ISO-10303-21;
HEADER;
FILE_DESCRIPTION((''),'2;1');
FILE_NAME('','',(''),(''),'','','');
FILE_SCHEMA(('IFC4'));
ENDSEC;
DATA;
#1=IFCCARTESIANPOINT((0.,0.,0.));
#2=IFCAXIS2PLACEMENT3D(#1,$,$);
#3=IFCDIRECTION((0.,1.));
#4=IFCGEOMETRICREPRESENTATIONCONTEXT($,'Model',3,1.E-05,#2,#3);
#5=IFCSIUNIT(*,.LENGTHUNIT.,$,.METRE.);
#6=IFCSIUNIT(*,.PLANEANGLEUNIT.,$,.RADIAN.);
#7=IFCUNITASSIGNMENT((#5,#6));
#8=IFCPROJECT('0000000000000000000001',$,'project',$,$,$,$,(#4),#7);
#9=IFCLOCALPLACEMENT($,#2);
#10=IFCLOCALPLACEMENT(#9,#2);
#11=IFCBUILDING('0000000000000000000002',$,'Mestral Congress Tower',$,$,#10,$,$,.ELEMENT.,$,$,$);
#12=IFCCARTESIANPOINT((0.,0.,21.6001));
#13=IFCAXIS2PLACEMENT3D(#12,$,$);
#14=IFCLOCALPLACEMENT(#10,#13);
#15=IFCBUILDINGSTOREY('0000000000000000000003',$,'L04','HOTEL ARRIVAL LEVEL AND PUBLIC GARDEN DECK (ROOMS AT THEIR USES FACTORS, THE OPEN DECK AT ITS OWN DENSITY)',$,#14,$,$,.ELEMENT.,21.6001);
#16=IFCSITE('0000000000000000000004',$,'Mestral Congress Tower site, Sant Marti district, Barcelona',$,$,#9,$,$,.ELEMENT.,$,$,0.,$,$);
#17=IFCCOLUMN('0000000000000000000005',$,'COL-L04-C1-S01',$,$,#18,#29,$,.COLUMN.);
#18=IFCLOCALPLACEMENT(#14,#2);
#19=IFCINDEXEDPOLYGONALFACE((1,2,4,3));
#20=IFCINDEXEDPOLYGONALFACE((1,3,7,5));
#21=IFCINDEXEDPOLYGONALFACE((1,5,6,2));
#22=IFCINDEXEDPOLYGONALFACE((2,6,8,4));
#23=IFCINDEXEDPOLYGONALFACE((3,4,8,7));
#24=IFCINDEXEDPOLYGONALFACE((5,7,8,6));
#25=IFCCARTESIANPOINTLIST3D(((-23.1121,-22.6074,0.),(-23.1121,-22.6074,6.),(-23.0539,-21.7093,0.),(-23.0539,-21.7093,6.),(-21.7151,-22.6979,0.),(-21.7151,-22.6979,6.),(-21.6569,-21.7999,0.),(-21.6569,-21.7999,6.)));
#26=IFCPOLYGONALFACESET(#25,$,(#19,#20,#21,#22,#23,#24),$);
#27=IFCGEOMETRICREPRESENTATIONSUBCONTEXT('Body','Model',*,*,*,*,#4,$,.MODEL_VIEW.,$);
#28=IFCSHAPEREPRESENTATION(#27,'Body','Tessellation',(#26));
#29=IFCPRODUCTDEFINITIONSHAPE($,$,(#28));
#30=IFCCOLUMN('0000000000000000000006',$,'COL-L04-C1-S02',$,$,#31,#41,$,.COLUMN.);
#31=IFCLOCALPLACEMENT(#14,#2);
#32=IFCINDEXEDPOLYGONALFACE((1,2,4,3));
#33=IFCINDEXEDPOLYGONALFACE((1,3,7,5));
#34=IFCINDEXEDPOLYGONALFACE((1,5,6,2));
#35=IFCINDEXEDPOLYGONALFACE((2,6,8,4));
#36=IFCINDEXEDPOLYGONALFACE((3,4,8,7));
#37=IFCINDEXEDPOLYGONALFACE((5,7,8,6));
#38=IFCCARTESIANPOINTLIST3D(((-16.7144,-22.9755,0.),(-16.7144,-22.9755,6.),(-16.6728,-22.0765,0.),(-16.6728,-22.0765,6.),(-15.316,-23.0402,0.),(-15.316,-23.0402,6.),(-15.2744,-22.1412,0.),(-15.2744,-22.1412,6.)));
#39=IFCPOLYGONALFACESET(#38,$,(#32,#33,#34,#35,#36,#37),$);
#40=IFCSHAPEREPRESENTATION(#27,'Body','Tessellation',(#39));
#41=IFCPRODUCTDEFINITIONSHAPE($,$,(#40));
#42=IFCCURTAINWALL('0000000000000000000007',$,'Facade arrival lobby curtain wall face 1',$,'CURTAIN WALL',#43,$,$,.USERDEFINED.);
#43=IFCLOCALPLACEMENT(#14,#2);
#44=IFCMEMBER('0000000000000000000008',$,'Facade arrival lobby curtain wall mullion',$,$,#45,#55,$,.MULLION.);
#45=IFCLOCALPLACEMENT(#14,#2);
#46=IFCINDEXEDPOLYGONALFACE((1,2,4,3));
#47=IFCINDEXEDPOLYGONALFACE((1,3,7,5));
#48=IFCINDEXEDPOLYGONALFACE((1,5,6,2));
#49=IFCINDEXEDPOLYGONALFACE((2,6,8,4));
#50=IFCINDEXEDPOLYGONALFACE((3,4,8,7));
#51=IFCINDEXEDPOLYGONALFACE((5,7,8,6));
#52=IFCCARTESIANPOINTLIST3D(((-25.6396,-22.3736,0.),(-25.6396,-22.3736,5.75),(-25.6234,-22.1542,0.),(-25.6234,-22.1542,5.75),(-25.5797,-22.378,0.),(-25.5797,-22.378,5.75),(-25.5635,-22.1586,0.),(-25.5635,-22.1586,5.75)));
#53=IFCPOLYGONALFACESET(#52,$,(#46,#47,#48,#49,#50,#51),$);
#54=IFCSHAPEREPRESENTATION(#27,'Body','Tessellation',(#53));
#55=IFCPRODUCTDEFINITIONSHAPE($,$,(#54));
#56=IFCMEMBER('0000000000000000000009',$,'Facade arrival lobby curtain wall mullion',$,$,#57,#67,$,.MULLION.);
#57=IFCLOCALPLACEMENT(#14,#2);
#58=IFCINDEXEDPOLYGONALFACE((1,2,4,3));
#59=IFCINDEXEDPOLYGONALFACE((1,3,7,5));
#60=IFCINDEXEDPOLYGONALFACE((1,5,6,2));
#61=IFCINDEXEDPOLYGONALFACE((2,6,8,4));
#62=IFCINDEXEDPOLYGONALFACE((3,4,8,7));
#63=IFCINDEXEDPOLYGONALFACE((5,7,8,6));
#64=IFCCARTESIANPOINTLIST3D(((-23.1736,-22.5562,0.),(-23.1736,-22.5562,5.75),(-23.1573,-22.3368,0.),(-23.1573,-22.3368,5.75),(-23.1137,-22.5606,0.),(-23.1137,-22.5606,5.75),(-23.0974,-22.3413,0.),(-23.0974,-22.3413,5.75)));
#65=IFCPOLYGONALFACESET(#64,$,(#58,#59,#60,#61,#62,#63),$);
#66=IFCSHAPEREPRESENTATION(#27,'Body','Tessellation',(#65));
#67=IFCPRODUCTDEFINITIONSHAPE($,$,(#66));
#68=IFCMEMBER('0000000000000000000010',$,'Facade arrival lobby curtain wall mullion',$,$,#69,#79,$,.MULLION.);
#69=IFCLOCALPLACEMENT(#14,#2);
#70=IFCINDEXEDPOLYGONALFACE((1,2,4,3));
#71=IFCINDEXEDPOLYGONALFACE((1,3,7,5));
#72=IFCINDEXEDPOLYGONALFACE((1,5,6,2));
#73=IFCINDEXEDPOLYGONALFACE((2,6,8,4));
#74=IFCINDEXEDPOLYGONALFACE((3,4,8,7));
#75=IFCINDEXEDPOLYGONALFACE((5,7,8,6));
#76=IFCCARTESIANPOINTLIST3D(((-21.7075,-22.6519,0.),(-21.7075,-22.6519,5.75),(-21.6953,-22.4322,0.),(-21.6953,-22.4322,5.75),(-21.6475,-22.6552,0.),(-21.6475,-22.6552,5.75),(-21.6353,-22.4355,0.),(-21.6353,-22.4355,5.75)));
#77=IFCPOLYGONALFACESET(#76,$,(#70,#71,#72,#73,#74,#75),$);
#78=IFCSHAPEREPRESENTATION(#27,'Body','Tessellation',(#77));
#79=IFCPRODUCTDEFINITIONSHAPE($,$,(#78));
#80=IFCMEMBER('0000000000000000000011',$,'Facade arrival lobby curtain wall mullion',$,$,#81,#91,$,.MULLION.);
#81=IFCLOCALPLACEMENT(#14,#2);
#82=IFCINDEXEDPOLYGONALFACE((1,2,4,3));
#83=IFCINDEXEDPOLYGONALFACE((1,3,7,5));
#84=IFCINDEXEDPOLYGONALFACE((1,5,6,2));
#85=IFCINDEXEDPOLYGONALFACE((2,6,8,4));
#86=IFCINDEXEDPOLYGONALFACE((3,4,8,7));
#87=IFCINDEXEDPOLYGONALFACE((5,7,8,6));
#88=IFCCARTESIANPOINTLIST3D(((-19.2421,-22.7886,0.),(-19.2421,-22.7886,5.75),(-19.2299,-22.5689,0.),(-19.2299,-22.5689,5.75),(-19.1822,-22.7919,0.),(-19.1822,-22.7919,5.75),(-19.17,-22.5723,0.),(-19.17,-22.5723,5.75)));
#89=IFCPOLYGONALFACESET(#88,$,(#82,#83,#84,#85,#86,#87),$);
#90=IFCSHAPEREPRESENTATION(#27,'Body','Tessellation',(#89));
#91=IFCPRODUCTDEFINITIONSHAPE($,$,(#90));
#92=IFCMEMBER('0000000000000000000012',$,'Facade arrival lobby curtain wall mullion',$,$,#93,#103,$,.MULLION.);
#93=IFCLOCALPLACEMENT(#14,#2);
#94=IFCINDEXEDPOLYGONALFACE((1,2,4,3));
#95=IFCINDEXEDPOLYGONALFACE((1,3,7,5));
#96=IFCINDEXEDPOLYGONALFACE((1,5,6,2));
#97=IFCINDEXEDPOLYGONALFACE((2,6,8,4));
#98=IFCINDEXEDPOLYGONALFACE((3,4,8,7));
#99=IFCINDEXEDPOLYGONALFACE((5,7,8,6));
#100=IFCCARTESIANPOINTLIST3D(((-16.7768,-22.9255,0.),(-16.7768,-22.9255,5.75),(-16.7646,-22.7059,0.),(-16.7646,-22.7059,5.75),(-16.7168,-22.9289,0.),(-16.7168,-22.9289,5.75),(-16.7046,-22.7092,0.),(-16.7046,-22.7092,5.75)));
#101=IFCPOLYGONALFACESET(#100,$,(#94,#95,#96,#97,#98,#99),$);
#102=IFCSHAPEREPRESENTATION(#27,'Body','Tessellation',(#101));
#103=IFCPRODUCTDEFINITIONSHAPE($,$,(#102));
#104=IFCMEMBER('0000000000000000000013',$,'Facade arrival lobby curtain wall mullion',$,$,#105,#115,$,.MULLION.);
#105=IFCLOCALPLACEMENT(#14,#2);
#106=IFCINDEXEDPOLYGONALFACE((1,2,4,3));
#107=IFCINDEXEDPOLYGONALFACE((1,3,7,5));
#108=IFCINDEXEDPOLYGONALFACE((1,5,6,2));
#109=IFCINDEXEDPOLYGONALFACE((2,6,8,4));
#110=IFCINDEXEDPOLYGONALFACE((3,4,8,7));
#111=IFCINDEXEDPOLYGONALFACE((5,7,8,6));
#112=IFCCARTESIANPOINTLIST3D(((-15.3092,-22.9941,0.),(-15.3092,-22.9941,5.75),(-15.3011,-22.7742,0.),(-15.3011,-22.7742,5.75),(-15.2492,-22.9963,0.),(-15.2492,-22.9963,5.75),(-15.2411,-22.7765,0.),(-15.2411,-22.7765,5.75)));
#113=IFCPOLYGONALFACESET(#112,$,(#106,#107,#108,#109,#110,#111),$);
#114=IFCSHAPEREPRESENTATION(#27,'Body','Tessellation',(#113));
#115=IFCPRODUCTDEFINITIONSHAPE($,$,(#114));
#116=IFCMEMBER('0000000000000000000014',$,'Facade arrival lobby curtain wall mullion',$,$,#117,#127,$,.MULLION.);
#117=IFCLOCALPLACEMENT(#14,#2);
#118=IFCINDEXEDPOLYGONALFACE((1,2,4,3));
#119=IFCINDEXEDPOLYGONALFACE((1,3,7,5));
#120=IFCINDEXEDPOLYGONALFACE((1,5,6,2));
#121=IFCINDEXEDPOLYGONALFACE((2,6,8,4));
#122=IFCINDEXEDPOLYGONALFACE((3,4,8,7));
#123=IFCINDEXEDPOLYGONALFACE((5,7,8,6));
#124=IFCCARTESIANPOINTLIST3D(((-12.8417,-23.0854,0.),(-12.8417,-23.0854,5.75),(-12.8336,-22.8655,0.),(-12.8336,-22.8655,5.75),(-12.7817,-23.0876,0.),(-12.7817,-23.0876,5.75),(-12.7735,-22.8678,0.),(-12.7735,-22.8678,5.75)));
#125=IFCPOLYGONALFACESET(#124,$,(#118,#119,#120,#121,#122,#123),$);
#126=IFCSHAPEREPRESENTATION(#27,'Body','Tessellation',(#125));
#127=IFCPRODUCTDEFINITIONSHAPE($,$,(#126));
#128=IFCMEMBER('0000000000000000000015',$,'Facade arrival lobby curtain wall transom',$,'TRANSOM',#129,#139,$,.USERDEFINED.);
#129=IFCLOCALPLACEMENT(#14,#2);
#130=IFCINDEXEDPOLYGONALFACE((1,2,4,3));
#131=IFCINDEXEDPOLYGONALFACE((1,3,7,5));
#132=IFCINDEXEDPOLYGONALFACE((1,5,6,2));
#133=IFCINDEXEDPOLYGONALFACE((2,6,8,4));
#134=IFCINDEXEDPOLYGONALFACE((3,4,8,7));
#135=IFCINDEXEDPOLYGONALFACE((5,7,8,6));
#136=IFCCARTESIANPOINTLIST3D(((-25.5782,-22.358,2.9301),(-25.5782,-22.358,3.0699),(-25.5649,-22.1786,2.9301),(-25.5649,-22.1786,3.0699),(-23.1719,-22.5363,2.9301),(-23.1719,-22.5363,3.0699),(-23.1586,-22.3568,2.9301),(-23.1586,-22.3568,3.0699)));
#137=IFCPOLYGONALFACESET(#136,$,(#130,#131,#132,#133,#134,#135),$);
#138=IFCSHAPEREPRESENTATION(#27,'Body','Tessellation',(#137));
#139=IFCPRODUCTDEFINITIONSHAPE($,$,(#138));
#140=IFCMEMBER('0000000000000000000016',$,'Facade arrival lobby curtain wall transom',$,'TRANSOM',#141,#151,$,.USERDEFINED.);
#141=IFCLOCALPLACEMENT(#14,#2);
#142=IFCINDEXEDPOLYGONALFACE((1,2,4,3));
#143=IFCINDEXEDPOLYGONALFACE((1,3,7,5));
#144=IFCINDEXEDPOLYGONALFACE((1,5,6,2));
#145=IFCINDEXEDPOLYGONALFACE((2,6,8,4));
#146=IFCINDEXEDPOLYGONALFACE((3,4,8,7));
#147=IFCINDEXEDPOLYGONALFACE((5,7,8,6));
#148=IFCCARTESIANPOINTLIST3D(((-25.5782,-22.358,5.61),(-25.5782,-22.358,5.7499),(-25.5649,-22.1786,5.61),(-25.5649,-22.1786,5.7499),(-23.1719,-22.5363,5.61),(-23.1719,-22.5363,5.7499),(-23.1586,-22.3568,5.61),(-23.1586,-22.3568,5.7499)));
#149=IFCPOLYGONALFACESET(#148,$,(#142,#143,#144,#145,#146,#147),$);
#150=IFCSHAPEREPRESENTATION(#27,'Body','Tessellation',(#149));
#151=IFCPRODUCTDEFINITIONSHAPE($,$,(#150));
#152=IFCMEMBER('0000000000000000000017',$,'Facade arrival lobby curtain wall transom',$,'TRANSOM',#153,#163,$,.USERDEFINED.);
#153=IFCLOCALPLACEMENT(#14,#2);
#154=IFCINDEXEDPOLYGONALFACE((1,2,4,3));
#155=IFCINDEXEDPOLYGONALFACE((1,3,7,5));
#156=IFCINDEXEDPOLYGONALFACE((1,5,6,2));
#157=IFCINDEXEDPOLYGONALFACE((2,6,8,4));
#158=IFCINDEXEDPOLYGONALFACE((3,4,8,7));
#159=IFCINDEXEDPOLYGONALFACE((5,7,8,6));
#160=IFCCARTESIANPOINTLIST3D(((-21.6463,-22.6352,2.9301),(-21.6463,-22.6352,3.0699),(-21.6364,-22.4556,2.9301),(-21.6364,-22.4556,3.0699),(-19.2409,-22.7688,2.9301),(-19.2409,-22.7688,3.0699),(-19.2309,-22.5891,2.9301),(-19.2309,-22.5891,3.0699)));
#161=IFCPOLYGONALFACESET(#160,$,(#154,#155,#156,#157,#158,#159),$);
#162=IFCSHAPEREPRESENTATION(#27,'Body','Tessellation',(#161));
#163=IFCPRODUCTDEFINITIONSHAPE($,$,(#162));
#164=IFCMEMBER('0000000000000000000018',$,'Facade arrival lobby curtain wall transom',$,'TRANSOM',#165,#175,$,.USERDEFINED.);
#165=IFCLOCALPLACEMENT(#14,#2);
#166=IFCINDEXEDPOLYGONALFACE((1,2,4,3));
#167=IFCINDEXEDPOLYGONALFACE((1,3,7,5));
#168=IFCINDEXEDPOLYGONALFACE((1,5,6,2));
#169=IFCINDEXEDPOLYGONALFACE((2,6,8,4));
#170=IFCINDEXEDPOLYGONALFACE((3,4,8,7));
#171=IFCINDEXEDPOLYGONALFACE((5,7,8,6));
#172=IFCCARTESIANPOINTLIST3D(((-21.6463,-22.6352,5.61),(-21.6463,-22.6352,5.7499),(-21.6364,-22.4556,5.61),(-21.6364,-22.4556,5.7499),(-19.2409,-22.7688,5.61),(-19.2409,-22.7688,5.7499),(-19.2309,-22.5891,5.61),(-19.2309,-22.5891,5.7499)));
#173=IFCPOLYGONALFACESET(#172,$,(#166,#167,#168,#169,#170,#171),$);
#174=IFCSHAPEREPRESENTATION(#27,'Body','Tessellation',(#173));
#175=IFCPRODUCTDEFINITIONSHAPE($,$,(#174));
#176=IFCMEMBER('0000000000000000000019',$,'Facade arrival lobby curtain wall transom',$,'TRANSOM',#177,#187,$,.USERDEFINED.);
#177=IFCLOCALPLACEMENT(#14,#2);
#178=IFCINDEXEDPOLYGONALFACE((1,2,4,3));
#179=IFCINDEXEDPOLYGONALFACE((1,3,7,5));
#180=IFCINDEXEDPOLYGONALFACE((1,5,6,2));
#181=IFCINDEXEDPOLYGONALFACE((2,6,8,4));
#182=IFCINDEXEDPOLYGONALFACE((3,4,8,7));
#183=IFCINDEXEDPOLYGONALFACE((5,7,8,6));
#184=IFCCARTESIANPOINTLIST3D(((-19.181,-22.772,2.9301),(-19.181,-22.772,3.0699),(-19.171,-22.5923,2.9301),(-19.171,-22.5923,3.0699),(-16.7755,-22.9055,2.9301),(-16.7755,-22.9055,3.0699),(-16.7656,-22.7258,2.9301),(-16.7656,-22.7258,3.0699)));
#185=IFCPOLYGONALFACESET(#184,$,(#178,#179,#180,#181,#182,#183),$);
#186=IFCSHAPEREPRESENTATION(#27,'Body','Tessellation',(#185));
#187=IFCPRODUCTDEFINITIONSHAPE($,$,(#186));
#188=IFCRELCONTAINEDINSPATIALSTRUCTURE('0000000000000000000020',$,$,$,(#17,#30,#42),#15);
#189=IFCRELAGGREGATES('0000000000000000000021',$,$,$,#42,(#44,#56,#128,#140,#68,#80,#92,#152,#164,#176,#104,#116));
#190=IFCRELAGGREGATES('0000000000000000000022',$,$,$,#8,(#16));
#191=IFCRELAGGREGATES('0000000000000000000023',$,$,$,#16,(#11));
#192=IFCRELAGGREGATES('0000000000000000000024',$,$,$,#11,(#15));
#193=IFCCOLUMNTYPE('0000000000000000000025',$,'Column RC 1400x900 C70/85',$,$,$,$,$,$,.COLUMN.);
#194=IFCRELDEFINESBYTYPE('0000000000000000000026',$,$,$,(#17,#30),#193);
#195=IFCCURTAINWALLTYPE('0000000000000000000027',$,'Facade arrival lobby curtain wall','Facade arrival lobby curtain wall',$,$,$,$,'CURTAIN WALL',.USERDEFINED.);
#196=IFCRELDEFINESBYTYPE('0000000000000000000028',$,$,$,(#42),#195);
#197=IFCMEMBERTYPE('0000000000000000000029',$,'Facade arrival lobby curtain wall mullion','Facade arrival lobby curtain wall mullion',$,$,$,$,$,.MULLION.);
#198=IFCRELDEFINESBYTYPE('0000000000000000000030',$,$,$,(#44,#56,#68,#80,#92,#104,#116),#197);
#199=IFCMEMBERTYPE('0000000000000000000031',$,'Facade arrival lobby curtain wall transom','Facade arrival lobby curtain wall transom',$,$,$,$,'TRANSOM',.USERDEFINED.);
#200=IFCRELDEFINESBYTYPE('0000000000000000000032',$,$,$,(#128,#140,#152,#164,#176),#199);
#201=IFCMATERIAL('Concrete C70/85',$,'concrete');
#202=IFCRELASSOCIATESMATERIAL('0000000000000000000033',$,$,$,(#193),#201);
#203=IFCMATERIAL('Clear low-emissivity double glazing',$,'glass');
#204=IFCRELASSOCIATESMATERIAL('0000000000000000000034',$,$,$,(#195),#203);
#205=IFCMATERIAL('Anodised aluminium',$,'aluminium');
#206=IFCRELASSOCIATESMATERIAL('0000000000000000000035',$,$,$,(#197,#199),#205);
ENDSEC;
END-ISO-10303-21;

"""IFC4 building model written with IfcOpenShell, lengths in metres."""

from ifc_helpers import new_model, si_unit, direction, frame, origin, origin_2d, place, context, subcontext, project, spatial, rectangle, extrude, material, material_profile, profile_set, type_object, element, aggregate, save


model = new_model("IFC4")

# Units and contexts
model_context = context("Model", 3, precision=1e-05, world=origin(), true_north=direction((0.0, 1.0)))
body_context = subcontext(model_context, "Body", "Model", "MODEL_VIEW")
ifc_project = project(units=[si_unit("LENGTHUNIT", "METRE"), si_unit("PLANEANGLEUNIT", "RADIAN")], contexts=[model_context])

# Site, building, storey
site_placement = place(None, origin())
site = spatial("IfcSite", under=ifc_project, at=site_placement, Name="Mestral Congress Tower site, Sant Marti district, Barcelona", CompositionType="ELEMENT", RefElevation=0.0)
building_placement = place(site_placement, origin())
building = spatial("IfcBuilding", under=site, at=building_placement, Name="Mestral Congress Tower", CompositionType="ELEMENT")
storey_placement = place(building_placement, frame((0.0, 0.0, 21.6001)))
storey = spatial("IfcBuildingStorey", under=building, at=storey_placement, Name="L04", Description="HOTEL ARRIVAL LEVEL AND PUBLIC GARDEN DECK (ROOMS AT THEIR USES FACTORS, THE OPEN DECK AT ITS OWN DENSITY)", CompositionType="ELEMENT", Elevation=21.6001)

# Columns
ifc_material_1 = material(Name="Concrete C70/85", Category="concrete")
ifc_material_profile_1 = material_profile(ifc_material_1, rectangle(XDim=1.3999, YDim=0.8999, at=origin_2d()), Name="RC 1400x900")
ifc_profile_set_1 = profile_set([ifc_material_profile_1], Name="Concrete C70/85")
column_type = type_object("IfcColumnType", Name="Column RC 1400x900 C70/85", PredefinedType="COLUMN", material=ifc_profile_set_1)
for number, where, z_axis, x_axis, name in (
    (1, (-22.3845, -22.2036, 0.0), (0.0, 0.0, 1.0), (0.997908, -0.064658, 0.0), "COL-L04-C1-S01"),
    (2, (-15.9944, -22.5583, 0.0), (0.0, 0.0, 1.0), (0.998932, -0.0462, 0.0), "COL-L04-C1-S02"),
):
    element("IfcColumn", number, at=place(storey_placement, frame(where, z_axis=z_axis, x_axis=x_axis)), inside=storey, type_object=column_type, Name=name, PredefinedType="COLUMN", context=body_context, shape_type="SweptSolid", body=[
        extrude(rectangle(XDim=1.3999, YDim=0.8999, at=origin_2d()), origin(), (0.0, 0.0, 1.0), 6.0),
    ])

# Curtain wall, members
ifc_material_2 = material(Name="Clear low-emissivity double glazing", Category="glass")
curtain_wall_type = type_object("IfcCurtainWallType", Name="Facade arrival lobby curtain wall", Description="Facade arrival lobby curtain wall", ElementType="CURTAIN WALL", PredefinedType="USERDEFINED", material=ifc_material_2)
curtain_wall_placement = place(storey_placement, origin())
curtain_wall = element("IfcCurtainWall", 3, at=curtain_wall_placement, inside=storey, type_object=curtain_wall_type, Name="Facade arrival lobby curtain wall face 1", ObjectType="CURTAIN WALL", PredefinedType="USERDEFINED")
ifc_material_3 = material(Name="Anodised aluminium", Category="aluminium")
ifc_material_profile_2 = material_profile(ifc_material_3, rectangle(XDim=0.22, YDim=0.0601, at=origin_2d()), Name="CW4 mullion 220 x 60")
ifc_profile_set_2 = profile_set([ifc_material_profile_2], Name="Anodised aluminium")
member_type_1 = type_object("IfcMemberType", Name="Facade arrival lobby curtain wall mullion", Description="Facade arrival lobby curtain wall mullion", PredefinedType="MULLION", material=ifc_profile_set_2)
member_1_placement = place(storey_placement, frame((-25.6016, -22.2661, 0.0), z_axis=(0.0, 0.0, 1.0), x_axis=(-0.073879, -0.997267, 0.0)))
member_1 = element("IfcMember", 4, at=member_1_placement, type_object=member_type_1, Name="Facade arrival lobby curtain wall mullion", PredefinedType="MULLION", context=body_context, shape_type="SweptSolid", body=[
    extrude(rectangle(XDim=0.22, YDim=0.0601, at=origin_2d()), origin(), (0.0, 0.0, 1.0), 5.75),
])
member_2_placement = place(storey_placement, frame((-23.1355, -22.4487, 0.0), z_axis=(0.0, 0.0, 1.0), x_axis=(-0.073879, -0.997267, 0.0)))
member_2 = element("IfcMember", 5, at=member_2_placement, type_object=member_type_1, Name="Facade arrival lobby curtain wall mullion", PredefinedType="MULLION", context=body_context, shape_type="SweptSolid", body=[
    extrude(rectangle(XDim=0.22, YDim=0.0601, at=origin_2d()), origin(), (0.0, 0.0, 1.0), 5.75),
])
member_3_placement = place(storey_placement, frame((-21.6714, -22.5437, 0.0), z_axis=(0.0, 0.0, 1.0), x_axis=(-0.055428, -0.998463, 0.0)))
member_3 = element("IfcMember", 6, at=member_3_placement, type_object=member_type_1, Name="Facade arrival lobby curtain wall mullion", PredefinedType="MULLION", context=body_context, shape_type="SweptSolid", body=[
    extrude(rectangle(XDim=0.22, YDim=0.0601, at=origin_2d()), origin(), (0.0, 0.0, 1.0), 5.75),
])
member_4_placement = place(storey_placement, frame((-19.2061, -22.6804, 0.0), z_axis=(0.0, 0.0, 1.0), x_axis=(-0.055428, -0.998463, 0.0)))
member_4 = element("IfcMember", 7, at=member_4_placement, type_object=member_type_1, Name="Facade arrival lobby curtain wall mullion", PredefinedType="MULLION", context=body_context, shape_type="SweptSolid", body=[
    extrude(rectangle(XDim=0.22, YDim=0.0601, at=origin_2d()), origin(), (0.0, 0.0, 1.0), 5.75),
])
member_5_placement = place(storey_placement, frame((-16.7407, -22.8174, 0.0), z_axis=(0.0, 0.0, 1.0), x_axis=(-0.055428, -0.998463, 0.0)))
member_5 = element("IfcMember", 8, at=member_5_placement, type_object=member_type_1, Name="Facade arrival lobby curtain wall mullion", PredefinedType="MULLION", context=body_context, shape_type="SweptSolid", body=[
    extrude(rectangle(XDim=0.22, YDim=0.0601, at=origin_2d()), origin(), (0.0, 0.0, 1.0), 5.75),
])
member_6_placement = place(storey_placement, frame((-15.2751, -22.8853, 0.0), z_axis=(0.0, 0.0, 1.0), x_axis=(-0.036968, -0.999316, 0.0)))
member_6 = element("IfcMember", 9, at=member_6_placement, type_object=member_type_1, Name="Facade arrival lobby curtain wall mullion", PredefinedType="MULLION", context=body_context, shape_type="SweptSolid", body=[
    extrude(rectangle(XDim=0.22, YDim=0.0601, at=origin_2d()), origin(), (0.0, 0.0, 1.0), 5.75),
])
member_7_placement = place(storey_placement, frame((-12.8076, -22.9766, 0.0), z_axis=(0.0, 0.0, 1.0), x_axis=(-0.036968, -0.999316, 0.0)))
member_7 = element("IfcMember", 10, at=member_7_placement, type_object=member_type_1, Name="Facade arrival lobby curtain wall mullion", PredefinedType="MULLION", context=body_context, shape_type="SweptSolid", body=[
    extrude(rectangle(XDim=0.22, YDim=0.0601, at=origin_2d()), origin(), (0.0, 0.0, 1.0), 5.75),
])
ifc_material_profile_3 = material_profile(ifc_material_3, rectangle(XDim=0.1799, YDim=0.1399, at=origin_2d()), Name="CW4 transom 180 x 140")
ifc_profile_set_3 = profile_set([ifc_material_profile_3], Name="Anodised aluminium")
member_type_2 = type_object("IfcMemberType", Name="Facade arrival lobby curtain wall transom", Description="Facade arrival lobby curtain wall transom", ElementType="TRANSOM", PredefinedType="USERDEFINED", material=ifc_profile_set_3)
member_8_placement = place(storey_placement, frame((-25.5715, -22.2683, 3.0), z_axis=(0.997268, -0.073864, 0.0), x_axis=(0.073864, 0.997268, 0.0)))
member_8 = element("IfcMember", 11, at=member_8_placement, type_object=member_type_2, Name="Facade arrival lobby curtain wall transom", ObjectType="TRANSOM", PredefinedType="USERDEFINED", context=body_context, shape_type="SweptSolid", body=[
    extrude(rectangle(XDim=0.1799, YDim=0.1399, at=origin_2d()), origin(), (0.0, 0.0, 1.0), 2.4128),
])
member_9_placement = place(storey_placement, frame((-25.5715, -22.2683, 5.6799), z_axis=(0.997268, -0.073864, 0.0), x_axis=(0.073864, 0.997268, 0.0)))
member_9 = element("IfcMember", 12, at=member_9_placement, type_object=member_type_2, Name="Facade arrival lobby curtain wall transom", ObjectType="TRANSOM", PredefinedType="USERDEFINED", context=body_context, shape_type="SweptSolid", body=[
    extrude(rectangle(XDim=0.1799, YDim=0.1399, at=origin_2d()), origin(), (0.0, 0.0, 1.0), 2.4128),
])
member_10_placement = place(storey_placement, frame((-21.6414, -22.5454, 3.0), z_axis=(0.998463, -0.055431, 0.0), x_axis=(0.055431, 0.998463, 0.0)))
member_10 = element("IfcMember", 13, at=member_10_placement, type_object=member_type_2, Name="Facade arrival lobby curtain wall transom", ObjectType="TRANSOM", PredefinedType="USERDEFINED", context=body_context, shape_type="SweptSolid", body=[
    extrude(rectangle(XDim=0.1799, YDim=0.1399, at=origin_2d()), origin(), (0.0, 0.0, 1.0), 2.4092),
])
member_11_placement = place(storey_placement, frame((-21.6414, -22.5454, 5.6799), z_axis=(0.998463, -0.055431, 0.0), x_axis=(0.055431, 0.998463, 0.0)))
member_11 = element("IfcMember", 14, at=member_11_placement, type_object=member_type_2, Name="Facade arrival lobby curtain wall transom", ObjectType="TRANSOM", PredefinedType="USERDEFINED", context=body_context, shape_type="SweptSolid", body=[
    extrude(rectangle(XDim=0.1799, YDim=0.1399, at=origin_2d()), origin(), (0.0, 0.0, 1.0), 2.4092),
])
member_12_placement = place(storey_placement, frame((-19.176, -22.6821, 3.0), z_axis=(0.998463, -0.055431, 0.0), x_axis=(0.055431, 0.998463, 0.0)))
member_12 = element("IfcMember", 15, at=member_12_placement, type_object=member_type_2, Name="Facade arrival lobby curtain wall transom", ObjectType="TRANSOM", PredefinedType="USERDEFINED", context=body_context, shape_type="SweptSolid", body=[
    extrude(rectangle(XDim=0.1799, YDim=0.1399, at=origin_2d()), origin(), (0.0, 0.0, 1.0), 2.4092),
])

aggregate(curtain_wall, [member_1, member_2, member_8, member_9, member_3, member_4, member_5, member_10, member_11, member_12, member_6, member_7])

save(model, "model.ifc")
